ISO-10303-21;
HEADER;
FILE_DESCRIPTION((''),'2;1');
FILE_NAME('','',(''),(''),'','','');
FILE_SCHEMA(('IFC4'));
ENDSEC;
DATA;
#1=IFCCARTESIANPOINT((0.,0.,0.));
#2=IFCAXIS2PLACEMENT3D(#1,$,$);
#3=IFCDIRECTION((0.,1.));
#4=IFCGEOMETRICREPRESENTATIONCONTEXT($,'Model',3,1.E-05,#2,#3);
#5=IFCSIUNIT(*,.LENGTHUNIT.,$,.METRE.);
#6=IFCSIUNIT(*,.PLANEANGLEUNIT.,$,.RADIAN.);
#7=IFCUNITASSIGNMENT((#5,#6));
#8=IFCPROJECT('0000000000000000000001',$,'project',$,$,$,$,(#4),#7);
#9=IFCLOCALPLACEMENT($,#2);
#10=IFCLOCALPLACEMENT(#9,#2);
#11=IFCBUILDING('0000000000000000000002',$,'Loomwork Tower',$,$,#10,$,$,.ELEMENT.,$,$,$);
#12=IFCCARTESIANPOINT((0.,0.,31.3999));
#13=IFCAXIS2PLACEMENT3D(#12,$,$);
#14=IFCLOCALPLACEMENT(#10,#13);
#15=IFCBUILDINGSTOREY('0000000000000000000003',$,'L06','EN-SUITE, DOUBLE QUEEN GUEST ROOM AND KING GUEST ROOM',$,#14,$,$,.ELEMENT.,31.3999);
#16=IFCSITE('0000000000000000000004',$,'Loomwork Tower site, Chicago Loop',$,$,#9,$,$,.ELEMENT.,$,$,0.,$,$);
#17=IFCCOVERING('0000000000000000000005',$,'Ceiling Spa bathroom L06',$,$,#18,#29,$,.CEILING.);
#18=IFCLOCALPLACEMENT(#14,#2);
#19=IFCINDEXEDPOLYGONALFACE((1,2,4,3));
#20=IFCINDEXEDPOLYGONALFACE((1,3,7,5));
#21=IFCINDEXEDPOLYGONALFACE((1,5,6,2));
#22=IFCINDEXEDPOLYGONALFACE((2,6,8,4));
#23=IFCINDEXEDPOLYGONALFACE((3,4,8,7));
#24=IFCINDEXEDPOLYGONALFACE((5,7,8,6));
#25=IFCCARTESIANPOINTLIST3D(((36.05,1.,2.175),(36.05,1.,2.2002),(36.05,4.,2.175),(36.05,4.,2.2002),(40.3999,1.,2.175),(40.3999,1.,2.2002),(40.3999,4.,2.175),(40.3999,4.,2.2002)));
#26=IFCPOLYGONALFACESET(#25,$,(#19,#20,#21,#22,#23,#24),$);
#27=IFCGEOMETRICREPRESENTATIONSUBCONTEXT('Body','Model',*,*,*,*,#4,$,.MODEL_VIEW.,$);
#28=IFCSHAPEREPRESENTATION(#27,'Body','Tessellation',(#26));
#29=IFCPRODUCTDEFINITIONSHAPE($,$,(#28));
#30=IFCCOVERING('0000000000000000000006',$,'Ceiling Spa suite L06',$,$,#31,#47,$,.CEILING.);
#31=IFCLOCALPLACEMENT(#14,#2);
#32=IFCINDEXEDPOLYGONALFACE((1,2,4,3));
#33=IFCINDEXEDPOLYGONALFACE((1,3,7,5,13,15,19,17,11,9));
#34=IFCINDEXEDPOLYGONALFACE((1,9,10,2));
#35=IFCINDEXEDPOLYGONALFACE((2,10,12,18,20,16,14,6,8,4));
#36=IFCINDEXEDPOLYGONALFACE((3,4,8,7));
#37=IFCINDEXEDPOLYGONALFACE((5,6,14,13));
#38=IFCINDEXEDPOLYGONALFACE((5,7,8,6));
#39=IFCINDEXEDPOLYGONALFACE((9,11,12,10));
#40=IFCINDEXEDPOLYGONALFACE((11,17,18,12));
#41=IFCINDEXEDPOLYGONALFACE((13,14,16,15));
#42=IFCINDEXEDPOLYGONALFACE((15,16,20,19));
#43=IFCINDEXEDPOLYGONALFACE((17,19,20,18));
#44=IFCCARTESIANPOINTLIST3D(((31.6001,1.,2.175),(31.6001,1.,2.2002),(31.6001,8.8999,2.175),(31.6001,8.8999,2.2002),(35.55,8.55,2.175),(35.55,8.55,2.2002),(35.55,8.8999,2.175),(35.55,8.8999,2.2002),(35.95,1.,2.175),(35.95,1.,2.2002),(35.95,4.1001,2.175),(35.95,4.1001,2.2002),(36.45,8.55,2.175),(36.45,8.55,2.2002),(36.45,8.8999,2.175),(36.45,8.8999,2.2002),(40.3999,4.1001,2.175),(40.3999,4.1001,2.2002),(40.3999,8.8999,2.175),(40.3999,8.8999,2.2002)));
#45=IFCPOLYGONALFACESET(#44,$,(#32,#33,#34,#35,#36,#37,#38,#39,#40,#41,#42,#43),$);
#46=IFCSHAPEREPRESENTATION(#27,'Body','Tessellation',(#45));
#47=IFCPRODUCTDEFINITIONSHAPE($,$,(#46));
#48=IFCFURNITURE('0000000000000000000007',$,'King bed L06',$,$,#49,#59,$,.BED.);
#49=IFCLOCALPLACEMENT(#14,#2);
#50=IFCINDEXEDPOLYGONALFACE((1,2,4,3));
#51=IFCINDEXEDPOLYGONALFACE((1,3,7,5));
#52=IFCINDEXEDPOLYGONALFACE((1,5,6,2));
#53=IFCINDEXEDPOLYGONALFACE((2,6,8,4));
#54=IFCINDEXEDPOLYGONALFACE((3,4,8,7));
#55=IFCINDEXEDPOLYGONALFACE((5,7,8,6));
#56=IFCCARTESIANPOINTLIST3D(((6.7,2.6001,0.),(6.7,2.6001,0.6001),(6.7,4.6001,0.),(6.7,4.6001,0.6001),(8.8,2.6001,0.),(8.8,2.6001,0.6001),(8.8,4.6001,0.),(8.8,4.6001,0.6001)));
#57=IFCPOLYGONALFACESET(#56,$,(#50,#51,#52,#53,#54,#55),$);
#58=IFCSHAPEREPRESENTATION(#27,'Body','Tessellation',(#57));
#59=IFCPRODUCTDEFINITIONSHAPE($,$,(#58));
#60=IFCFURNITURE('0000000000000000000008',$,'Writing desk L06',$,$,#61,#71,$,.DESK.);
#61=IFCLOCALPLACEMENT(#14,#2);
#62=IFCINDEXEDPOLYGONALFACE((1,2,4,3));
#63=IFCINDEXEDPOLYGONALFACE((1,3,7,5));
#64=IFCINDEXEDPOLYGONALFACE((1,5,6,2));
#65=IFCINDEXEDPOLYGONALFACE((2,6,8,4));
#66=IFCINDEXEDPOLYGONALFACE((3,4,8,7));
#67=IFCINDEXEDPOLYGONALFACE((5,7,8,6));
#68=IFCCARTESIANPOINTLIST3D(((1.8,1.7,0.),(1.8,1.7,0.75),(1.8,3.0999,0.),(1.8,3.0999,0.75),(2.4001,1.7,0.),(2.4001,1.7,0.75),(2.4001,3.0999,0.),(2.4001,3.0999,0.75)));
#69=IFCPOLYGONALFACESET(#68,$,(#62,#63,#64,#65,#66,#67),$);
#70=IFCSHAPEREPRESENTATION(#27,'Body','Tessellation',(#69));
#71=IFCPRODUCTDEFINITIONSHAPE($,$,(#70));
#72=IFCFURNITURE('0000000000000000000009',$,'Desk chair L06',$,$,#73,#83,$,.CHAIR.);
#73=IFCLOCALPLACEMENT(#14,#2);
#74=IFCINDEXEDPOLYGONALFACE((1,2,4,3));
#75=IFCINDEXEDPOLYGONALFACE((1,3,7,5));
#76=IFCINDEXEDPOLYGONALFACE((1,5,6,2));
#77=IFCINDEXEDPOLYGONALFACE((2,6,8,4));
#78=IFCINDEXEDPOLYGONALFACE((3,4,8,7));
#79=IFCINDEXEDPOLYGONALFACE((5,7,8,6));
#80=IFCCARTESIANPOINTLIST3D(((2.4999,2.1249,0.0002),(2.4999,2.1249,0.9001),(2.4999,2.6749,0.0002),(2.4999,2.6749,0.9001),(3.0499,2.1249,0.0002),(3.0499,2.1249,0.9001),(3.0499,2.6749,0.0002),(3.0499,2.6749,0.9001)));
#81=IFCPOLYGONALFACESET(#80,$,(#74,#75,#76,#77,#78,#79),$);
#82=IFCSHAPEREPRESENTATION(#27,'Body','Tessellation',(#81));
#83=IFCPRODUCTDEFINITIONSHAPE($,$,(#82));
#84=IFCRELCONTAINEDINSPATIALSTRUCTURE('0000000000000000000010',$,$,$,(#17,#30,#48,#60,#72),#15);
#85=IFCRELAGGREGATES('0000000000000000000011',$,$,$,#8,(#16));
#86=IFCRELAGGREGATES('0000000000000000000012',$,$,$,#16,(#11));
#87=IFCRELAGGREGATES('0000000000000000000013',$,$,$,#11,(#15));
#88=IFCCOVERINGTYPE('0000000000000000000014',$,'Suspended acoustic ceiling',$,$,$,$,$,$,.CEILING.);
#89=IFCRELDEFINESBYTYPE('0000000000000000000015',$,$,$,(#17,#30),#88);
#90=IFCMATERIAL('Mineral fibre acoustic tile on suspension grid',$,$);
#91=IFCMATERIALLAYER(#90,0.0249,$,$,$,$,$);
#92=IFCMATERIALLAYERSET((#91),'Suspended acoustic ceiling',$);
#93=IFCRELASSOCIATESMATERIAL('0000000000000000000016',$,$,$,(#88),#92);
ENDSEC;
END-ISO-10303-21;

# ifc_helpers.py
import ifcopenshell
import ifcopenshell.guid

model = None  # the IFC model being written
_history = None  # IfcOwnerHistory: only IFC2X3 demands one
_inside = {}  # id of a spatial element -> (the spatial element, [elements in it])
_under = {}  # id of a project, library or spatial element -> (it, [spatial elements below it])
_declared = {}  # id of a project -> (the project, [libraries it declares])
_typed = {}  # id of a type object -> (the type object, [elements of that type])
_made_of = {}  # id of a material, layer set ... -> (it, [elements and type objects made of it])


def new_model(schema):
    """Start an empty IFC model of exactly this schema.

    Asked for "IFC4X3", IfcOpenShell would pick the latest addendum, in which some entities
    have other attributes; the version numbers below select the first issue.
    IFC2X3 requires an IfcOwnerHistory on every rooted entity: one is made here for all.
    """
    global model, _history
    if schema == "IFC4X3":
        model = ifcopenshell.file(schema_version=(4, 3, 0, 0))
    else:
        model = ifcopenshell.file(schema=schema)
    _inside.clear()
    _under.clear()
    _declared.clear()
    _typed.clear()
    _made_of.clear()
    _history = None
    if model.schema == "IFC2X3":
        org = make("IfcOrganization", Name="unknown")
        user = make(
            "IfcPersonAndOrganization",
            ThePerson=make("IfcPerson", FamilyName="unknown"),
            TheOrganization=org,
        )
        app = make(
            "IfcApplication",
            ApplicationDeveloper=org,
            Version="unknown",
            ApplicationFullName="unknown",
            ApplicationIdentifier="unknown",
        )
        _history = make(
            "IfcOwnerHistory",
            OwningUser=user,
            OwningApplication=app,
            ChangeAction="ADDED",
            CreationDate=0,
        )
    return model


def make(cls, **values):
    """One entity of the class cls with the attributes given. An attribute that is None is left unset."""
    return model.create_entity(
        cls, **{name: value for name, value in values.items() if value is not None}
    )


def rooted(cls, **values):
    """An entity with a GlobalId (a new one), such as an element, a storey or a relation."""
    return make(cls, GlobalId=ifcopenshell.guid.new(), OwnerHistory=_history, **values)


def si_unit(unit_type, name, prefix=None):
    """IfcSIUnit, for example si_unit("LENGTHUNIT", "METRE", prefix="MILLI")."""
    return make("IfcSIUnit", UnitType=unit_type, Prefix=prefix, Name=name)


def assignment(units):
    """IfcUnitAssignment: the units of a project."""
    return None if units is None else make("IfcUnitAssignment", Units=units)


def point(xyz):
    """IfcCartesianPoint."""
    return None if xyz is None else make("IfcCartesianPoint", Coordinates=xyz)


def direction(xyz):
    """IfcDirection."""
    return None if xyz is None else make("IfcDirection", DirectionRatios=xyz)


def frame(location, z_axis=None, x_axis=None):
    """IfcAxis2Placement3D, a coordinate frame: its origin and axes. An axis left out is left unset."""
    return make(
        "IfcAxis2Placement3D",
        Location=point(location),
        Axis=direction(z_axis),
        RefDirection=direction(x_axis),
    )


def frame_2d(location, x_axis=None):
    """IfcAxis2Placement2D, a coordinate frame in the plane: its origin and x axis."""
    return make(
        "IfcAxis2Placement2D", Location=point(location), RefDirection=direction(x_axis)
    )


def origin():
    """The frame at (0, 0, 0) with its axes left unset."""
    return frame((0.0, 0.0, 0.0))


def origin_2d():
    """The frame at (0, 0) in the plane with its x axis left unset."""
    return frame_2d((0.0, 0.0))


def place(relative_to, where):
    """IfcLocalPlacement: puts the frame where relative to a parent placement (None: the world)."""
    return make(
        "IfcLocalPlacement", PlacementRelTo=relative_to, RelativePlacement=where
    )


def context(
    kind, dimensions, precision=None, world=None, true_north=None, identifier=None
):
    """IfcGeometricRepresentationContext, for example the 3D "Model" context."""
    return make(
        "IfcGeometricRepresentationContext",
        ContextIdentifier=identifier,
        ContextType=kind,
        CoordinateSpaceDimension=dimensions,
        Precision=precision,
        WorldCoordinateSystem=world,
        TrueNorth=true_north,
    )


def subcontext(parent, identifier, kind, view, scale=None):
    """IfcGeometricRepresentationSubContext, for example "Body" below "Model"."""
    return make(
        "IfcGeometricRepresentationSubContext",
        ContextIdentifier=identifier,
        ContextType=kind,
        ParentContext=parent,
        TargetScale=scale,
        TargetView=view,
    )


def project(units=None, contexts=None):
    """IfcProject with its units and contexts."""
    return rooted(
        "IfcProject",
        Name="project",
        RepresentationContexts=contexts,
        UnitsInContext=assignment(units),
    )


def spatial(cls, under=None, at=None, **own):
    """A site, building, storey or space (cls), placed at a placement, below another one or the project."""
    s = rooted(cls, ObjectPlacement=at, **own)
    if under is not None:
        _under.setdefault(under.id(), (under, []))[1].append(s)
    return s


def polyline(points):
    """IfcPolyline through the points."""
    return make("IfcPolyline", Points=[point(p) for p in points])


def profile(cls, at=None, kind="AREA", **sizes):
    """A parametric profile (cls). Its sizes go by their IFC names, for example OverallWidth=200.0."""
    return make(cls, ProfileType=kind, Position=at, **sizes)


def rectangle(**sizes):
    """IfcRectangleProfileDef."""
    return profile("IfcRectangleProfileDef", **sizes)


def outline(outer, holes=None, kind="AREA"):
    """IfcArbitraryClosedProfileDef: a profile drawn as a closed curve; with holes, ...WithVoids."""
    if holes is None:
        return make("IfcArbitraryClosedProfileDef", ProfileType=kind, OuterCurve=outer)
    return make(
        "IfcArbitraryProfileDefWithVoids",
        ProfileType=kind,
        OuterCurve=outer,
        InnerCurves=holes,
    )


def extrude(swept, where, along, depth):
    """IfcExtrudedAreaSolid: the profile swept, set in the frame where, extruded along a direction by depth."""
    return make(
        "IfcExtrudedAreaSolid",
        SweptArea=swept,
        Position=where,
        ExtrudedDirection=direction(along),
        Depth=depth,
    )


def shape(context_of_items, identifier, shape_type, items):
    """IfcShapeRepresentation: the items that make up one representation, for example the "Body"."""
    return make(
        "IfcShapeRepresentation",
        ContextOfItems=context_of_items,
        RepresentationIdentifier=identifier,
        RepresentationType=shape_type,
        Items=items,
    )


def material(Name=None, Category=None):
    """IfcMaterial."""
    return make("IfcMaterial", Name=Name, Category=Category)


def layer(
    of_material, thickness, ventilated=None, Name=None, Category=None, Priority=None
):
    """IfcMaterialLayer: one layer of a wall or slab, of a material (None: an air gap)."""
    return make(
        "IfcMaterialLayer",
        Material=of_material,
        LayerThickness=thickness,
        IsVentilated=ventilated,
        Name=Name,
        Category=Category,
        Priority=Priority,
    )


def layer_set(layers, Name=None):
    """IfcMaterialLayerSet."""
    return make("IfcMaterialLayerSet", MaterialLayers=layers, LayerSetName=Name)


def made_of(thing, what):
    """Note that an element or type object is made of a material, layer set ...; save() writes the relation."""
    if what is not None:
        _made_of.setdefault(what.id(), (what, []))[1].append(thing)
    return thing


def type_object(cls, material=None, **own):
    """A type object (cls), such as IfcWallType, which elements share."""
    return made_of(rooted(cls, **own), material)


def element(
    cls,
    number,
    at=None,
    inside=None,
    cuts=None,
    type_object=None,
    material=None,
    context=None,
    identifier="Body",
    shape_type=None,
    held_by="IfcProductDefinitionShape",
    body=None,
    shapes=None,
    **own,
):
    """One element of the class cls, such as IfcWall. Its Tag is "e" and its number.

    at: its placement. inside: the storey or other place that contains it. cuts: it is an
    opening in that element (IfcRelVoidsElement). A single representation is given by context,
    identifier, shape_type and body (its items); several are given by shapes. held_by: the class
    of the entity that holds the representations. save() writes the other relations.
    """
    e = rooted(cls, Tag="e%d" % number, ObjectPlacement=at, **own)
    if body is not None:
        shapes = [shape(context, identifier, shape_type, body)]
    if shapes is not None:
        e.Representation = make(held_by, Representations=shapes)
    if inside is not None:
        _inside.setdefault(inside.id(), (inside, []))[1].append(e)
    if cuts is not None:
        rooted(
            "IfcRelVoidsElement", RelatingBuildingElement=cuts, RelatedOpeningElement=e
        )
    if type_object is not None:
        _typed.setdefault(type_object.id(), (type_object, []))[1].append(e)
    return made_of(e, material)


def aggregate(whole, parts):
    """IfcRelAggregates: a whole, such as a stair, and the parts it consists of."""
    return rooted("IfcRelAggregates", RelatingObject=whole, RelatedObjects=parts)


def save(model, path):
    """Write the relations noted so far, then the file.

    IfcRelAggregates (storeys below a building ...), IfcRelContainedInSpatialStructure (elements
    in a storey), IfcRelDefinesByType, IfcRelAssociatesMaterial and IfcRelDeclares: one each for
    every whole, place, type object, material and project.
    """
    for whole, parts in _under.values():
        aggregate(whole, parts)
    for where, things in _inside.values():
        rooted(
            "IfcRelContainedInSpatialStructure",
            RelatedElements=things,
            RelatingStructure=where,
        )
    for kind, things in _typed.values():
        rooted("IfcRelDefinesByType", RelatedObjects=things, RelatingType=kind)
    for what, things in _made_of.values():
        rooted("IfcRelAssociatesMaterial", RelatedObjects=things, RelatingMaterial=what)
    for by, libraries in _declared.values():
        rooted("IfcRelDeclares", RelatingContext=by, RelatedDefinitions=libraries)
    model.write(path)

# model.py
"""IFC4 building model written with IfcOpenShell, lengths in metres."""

from ifc_helpers import new_model, si_unit, direction, frame, origin, origin_2d, place, context, subcontext, project, spatial, polyline, rectangle, outline, extrude, material, layer, layer_set, type_object, element, save


model = new_model("IFC4")

# Units and contexts
model_context = context("Model", 3, precision=1e-05, world=origin(), true_north=direction((0.0, 1.0)))
body_context = subcontext(model_context, "Body", "Model", "MODEL_VIEW")
ifc_project = project(units=[si_unit("LENGTHUNIT", "METRE"), si_unit("PLANEANGLEUNIT", "RADIAN")], contexts=[model_context])

# Site, building, storey
site_placement = place(None, origin())
site = spatial("IfcSite", under=ifc_project, at=site_placement, Name="Loomwork Tower site, Chicago Loop", CompositionType="ELEMENT", RefElevation=0.0)
building_placement = place(site_placement, origin())
building = spatial("IfcBuilding", under=site, at=building_placement, Name="Loomwork Tower", CompositionType="ELEMENT")
storey_placement = place(building_placement, frame((0.0, 0.0, 31.3999)))
storey = spatial("IfcBuildingStorey", under=building, at=storey_placement, Name="L06", Description="EN-SUITE, DOUBLE QUEEN GUEST ROOM AND KING GUEST ROOM", CompositionType="ELEMENT", Elevation=31.3999)

# Coverings
ifc_material_1 = material(Name="Mineral fibre acoustic tile on suspension grid")
ifc_layer_1 = layer(ifc_material_1, 0.0249)
ifc_layer_set_1 = layer_set([ifc_layer_1], Name="Suspended acoustic ceiling")
covering_type_1 = type_object("IfcCoveringType", Name="Suspended acoustic ceiling", PredefinedType="CEILING", material=ifc_layer_set_1)
covering_1_placement = place(storey_placement, frame((0.0, 0.0, 2.175)))
element("IfcCovering", 1, at=covering_1_placement, inside=storey, type_object=covering_type_1, Name="Ceiling Spa bathroom L06", PredefinedType="CEILING", context=body_context, shape_type="SweptSolid", body=[
    extrude(outline(polyline([(40.3999, 4.0), (40.3999, 1.0), (36.05, 1.0), (36.05, 4.0), (40.3999, 4.0)])), origin(), (0.0, 0.0, 1.0), 0.0251),
])
covering_2_placement = place(storey_placement, frame((0.0, 0.0, 2.175)))
element("IfcCovering", 2, at=covering_2_placement, inside=storey, type_object=covering_type_1, Name="Ceiling Spa suite L06", PredefinedType="CEILING", context=body_context, shape_type="SweptSolid", body=[
    extrude(outline(polyline([(35.55, 8.8999), (35.55, 8.55), (36.45, 8.55), (36.45, 8.8999), (40.3999, 8.8999), (40.3999, 4.1001), (35.95, 4.1001), (35.95, 1.0), (31.6001, 1.0), (31.6001, 8.8999), (35.55, 8.8999)])), origin(), (0.0, 0.0, 1.0), 0.0251),
])

# Furniture
furniture_1_placement = place(storey_placement, frame((7.75, 3.6001, 0.0), z_axis=(0.0, 0.0, 1.0), x_axis=(1.0, 0.0, 0.0)))
element("IfcFurniture", 3, at=furniture_1_placement, inside=storey, Name="King bed L06", PredefinedType="BED", context=body_context, shape_type="SweptSolid", body=[
    extrude(rectangle(XDim=2.1001, YDim=2.0, at=origin_2d()), origin(), (0.0, 0.0, 1.0), 0.6001),
])
furniture_2_placement = place(storey_placement, frame((2.1001, 2.3999, 0.0), z_axis=(0.0, 0.0, 1.0), x_axis=(1.0, 0.0, 0.0)))
element("IfcFurniture", 4, at=furniture_2_placement, inside=storey, Name="Writing desk L06", PredefinedType="DESK", context=body_context, shape_type="SweptSolid", body=[
    extrude(rectangle(XDim=0.6001, YDim=1.3999, at=origin_2d()), origin(), (0.0, 0.0, 1.0), 0.75),
])
furniture_3_placement = place(storey_placement, frame((2.7749, 2.3999, 0.0002), z_axis=(0.0, 0.0, 1.0), x_axis=(1.0, 0.0, 0.0)))
element("IfcFurniture", 5, at=furniture_3_placement, inside=storey, Name="Desk chair L06", PredefinedType="CHAIR", context=body_context, shape_type="SweptSolid", body=[
    extrude(rectangle(XDim=0.55, YDim=0.55, at=origin_2d()), origin(), (0.0, 0.0, 1.0), 0.8999),
])

save(model, "model.ifc")
